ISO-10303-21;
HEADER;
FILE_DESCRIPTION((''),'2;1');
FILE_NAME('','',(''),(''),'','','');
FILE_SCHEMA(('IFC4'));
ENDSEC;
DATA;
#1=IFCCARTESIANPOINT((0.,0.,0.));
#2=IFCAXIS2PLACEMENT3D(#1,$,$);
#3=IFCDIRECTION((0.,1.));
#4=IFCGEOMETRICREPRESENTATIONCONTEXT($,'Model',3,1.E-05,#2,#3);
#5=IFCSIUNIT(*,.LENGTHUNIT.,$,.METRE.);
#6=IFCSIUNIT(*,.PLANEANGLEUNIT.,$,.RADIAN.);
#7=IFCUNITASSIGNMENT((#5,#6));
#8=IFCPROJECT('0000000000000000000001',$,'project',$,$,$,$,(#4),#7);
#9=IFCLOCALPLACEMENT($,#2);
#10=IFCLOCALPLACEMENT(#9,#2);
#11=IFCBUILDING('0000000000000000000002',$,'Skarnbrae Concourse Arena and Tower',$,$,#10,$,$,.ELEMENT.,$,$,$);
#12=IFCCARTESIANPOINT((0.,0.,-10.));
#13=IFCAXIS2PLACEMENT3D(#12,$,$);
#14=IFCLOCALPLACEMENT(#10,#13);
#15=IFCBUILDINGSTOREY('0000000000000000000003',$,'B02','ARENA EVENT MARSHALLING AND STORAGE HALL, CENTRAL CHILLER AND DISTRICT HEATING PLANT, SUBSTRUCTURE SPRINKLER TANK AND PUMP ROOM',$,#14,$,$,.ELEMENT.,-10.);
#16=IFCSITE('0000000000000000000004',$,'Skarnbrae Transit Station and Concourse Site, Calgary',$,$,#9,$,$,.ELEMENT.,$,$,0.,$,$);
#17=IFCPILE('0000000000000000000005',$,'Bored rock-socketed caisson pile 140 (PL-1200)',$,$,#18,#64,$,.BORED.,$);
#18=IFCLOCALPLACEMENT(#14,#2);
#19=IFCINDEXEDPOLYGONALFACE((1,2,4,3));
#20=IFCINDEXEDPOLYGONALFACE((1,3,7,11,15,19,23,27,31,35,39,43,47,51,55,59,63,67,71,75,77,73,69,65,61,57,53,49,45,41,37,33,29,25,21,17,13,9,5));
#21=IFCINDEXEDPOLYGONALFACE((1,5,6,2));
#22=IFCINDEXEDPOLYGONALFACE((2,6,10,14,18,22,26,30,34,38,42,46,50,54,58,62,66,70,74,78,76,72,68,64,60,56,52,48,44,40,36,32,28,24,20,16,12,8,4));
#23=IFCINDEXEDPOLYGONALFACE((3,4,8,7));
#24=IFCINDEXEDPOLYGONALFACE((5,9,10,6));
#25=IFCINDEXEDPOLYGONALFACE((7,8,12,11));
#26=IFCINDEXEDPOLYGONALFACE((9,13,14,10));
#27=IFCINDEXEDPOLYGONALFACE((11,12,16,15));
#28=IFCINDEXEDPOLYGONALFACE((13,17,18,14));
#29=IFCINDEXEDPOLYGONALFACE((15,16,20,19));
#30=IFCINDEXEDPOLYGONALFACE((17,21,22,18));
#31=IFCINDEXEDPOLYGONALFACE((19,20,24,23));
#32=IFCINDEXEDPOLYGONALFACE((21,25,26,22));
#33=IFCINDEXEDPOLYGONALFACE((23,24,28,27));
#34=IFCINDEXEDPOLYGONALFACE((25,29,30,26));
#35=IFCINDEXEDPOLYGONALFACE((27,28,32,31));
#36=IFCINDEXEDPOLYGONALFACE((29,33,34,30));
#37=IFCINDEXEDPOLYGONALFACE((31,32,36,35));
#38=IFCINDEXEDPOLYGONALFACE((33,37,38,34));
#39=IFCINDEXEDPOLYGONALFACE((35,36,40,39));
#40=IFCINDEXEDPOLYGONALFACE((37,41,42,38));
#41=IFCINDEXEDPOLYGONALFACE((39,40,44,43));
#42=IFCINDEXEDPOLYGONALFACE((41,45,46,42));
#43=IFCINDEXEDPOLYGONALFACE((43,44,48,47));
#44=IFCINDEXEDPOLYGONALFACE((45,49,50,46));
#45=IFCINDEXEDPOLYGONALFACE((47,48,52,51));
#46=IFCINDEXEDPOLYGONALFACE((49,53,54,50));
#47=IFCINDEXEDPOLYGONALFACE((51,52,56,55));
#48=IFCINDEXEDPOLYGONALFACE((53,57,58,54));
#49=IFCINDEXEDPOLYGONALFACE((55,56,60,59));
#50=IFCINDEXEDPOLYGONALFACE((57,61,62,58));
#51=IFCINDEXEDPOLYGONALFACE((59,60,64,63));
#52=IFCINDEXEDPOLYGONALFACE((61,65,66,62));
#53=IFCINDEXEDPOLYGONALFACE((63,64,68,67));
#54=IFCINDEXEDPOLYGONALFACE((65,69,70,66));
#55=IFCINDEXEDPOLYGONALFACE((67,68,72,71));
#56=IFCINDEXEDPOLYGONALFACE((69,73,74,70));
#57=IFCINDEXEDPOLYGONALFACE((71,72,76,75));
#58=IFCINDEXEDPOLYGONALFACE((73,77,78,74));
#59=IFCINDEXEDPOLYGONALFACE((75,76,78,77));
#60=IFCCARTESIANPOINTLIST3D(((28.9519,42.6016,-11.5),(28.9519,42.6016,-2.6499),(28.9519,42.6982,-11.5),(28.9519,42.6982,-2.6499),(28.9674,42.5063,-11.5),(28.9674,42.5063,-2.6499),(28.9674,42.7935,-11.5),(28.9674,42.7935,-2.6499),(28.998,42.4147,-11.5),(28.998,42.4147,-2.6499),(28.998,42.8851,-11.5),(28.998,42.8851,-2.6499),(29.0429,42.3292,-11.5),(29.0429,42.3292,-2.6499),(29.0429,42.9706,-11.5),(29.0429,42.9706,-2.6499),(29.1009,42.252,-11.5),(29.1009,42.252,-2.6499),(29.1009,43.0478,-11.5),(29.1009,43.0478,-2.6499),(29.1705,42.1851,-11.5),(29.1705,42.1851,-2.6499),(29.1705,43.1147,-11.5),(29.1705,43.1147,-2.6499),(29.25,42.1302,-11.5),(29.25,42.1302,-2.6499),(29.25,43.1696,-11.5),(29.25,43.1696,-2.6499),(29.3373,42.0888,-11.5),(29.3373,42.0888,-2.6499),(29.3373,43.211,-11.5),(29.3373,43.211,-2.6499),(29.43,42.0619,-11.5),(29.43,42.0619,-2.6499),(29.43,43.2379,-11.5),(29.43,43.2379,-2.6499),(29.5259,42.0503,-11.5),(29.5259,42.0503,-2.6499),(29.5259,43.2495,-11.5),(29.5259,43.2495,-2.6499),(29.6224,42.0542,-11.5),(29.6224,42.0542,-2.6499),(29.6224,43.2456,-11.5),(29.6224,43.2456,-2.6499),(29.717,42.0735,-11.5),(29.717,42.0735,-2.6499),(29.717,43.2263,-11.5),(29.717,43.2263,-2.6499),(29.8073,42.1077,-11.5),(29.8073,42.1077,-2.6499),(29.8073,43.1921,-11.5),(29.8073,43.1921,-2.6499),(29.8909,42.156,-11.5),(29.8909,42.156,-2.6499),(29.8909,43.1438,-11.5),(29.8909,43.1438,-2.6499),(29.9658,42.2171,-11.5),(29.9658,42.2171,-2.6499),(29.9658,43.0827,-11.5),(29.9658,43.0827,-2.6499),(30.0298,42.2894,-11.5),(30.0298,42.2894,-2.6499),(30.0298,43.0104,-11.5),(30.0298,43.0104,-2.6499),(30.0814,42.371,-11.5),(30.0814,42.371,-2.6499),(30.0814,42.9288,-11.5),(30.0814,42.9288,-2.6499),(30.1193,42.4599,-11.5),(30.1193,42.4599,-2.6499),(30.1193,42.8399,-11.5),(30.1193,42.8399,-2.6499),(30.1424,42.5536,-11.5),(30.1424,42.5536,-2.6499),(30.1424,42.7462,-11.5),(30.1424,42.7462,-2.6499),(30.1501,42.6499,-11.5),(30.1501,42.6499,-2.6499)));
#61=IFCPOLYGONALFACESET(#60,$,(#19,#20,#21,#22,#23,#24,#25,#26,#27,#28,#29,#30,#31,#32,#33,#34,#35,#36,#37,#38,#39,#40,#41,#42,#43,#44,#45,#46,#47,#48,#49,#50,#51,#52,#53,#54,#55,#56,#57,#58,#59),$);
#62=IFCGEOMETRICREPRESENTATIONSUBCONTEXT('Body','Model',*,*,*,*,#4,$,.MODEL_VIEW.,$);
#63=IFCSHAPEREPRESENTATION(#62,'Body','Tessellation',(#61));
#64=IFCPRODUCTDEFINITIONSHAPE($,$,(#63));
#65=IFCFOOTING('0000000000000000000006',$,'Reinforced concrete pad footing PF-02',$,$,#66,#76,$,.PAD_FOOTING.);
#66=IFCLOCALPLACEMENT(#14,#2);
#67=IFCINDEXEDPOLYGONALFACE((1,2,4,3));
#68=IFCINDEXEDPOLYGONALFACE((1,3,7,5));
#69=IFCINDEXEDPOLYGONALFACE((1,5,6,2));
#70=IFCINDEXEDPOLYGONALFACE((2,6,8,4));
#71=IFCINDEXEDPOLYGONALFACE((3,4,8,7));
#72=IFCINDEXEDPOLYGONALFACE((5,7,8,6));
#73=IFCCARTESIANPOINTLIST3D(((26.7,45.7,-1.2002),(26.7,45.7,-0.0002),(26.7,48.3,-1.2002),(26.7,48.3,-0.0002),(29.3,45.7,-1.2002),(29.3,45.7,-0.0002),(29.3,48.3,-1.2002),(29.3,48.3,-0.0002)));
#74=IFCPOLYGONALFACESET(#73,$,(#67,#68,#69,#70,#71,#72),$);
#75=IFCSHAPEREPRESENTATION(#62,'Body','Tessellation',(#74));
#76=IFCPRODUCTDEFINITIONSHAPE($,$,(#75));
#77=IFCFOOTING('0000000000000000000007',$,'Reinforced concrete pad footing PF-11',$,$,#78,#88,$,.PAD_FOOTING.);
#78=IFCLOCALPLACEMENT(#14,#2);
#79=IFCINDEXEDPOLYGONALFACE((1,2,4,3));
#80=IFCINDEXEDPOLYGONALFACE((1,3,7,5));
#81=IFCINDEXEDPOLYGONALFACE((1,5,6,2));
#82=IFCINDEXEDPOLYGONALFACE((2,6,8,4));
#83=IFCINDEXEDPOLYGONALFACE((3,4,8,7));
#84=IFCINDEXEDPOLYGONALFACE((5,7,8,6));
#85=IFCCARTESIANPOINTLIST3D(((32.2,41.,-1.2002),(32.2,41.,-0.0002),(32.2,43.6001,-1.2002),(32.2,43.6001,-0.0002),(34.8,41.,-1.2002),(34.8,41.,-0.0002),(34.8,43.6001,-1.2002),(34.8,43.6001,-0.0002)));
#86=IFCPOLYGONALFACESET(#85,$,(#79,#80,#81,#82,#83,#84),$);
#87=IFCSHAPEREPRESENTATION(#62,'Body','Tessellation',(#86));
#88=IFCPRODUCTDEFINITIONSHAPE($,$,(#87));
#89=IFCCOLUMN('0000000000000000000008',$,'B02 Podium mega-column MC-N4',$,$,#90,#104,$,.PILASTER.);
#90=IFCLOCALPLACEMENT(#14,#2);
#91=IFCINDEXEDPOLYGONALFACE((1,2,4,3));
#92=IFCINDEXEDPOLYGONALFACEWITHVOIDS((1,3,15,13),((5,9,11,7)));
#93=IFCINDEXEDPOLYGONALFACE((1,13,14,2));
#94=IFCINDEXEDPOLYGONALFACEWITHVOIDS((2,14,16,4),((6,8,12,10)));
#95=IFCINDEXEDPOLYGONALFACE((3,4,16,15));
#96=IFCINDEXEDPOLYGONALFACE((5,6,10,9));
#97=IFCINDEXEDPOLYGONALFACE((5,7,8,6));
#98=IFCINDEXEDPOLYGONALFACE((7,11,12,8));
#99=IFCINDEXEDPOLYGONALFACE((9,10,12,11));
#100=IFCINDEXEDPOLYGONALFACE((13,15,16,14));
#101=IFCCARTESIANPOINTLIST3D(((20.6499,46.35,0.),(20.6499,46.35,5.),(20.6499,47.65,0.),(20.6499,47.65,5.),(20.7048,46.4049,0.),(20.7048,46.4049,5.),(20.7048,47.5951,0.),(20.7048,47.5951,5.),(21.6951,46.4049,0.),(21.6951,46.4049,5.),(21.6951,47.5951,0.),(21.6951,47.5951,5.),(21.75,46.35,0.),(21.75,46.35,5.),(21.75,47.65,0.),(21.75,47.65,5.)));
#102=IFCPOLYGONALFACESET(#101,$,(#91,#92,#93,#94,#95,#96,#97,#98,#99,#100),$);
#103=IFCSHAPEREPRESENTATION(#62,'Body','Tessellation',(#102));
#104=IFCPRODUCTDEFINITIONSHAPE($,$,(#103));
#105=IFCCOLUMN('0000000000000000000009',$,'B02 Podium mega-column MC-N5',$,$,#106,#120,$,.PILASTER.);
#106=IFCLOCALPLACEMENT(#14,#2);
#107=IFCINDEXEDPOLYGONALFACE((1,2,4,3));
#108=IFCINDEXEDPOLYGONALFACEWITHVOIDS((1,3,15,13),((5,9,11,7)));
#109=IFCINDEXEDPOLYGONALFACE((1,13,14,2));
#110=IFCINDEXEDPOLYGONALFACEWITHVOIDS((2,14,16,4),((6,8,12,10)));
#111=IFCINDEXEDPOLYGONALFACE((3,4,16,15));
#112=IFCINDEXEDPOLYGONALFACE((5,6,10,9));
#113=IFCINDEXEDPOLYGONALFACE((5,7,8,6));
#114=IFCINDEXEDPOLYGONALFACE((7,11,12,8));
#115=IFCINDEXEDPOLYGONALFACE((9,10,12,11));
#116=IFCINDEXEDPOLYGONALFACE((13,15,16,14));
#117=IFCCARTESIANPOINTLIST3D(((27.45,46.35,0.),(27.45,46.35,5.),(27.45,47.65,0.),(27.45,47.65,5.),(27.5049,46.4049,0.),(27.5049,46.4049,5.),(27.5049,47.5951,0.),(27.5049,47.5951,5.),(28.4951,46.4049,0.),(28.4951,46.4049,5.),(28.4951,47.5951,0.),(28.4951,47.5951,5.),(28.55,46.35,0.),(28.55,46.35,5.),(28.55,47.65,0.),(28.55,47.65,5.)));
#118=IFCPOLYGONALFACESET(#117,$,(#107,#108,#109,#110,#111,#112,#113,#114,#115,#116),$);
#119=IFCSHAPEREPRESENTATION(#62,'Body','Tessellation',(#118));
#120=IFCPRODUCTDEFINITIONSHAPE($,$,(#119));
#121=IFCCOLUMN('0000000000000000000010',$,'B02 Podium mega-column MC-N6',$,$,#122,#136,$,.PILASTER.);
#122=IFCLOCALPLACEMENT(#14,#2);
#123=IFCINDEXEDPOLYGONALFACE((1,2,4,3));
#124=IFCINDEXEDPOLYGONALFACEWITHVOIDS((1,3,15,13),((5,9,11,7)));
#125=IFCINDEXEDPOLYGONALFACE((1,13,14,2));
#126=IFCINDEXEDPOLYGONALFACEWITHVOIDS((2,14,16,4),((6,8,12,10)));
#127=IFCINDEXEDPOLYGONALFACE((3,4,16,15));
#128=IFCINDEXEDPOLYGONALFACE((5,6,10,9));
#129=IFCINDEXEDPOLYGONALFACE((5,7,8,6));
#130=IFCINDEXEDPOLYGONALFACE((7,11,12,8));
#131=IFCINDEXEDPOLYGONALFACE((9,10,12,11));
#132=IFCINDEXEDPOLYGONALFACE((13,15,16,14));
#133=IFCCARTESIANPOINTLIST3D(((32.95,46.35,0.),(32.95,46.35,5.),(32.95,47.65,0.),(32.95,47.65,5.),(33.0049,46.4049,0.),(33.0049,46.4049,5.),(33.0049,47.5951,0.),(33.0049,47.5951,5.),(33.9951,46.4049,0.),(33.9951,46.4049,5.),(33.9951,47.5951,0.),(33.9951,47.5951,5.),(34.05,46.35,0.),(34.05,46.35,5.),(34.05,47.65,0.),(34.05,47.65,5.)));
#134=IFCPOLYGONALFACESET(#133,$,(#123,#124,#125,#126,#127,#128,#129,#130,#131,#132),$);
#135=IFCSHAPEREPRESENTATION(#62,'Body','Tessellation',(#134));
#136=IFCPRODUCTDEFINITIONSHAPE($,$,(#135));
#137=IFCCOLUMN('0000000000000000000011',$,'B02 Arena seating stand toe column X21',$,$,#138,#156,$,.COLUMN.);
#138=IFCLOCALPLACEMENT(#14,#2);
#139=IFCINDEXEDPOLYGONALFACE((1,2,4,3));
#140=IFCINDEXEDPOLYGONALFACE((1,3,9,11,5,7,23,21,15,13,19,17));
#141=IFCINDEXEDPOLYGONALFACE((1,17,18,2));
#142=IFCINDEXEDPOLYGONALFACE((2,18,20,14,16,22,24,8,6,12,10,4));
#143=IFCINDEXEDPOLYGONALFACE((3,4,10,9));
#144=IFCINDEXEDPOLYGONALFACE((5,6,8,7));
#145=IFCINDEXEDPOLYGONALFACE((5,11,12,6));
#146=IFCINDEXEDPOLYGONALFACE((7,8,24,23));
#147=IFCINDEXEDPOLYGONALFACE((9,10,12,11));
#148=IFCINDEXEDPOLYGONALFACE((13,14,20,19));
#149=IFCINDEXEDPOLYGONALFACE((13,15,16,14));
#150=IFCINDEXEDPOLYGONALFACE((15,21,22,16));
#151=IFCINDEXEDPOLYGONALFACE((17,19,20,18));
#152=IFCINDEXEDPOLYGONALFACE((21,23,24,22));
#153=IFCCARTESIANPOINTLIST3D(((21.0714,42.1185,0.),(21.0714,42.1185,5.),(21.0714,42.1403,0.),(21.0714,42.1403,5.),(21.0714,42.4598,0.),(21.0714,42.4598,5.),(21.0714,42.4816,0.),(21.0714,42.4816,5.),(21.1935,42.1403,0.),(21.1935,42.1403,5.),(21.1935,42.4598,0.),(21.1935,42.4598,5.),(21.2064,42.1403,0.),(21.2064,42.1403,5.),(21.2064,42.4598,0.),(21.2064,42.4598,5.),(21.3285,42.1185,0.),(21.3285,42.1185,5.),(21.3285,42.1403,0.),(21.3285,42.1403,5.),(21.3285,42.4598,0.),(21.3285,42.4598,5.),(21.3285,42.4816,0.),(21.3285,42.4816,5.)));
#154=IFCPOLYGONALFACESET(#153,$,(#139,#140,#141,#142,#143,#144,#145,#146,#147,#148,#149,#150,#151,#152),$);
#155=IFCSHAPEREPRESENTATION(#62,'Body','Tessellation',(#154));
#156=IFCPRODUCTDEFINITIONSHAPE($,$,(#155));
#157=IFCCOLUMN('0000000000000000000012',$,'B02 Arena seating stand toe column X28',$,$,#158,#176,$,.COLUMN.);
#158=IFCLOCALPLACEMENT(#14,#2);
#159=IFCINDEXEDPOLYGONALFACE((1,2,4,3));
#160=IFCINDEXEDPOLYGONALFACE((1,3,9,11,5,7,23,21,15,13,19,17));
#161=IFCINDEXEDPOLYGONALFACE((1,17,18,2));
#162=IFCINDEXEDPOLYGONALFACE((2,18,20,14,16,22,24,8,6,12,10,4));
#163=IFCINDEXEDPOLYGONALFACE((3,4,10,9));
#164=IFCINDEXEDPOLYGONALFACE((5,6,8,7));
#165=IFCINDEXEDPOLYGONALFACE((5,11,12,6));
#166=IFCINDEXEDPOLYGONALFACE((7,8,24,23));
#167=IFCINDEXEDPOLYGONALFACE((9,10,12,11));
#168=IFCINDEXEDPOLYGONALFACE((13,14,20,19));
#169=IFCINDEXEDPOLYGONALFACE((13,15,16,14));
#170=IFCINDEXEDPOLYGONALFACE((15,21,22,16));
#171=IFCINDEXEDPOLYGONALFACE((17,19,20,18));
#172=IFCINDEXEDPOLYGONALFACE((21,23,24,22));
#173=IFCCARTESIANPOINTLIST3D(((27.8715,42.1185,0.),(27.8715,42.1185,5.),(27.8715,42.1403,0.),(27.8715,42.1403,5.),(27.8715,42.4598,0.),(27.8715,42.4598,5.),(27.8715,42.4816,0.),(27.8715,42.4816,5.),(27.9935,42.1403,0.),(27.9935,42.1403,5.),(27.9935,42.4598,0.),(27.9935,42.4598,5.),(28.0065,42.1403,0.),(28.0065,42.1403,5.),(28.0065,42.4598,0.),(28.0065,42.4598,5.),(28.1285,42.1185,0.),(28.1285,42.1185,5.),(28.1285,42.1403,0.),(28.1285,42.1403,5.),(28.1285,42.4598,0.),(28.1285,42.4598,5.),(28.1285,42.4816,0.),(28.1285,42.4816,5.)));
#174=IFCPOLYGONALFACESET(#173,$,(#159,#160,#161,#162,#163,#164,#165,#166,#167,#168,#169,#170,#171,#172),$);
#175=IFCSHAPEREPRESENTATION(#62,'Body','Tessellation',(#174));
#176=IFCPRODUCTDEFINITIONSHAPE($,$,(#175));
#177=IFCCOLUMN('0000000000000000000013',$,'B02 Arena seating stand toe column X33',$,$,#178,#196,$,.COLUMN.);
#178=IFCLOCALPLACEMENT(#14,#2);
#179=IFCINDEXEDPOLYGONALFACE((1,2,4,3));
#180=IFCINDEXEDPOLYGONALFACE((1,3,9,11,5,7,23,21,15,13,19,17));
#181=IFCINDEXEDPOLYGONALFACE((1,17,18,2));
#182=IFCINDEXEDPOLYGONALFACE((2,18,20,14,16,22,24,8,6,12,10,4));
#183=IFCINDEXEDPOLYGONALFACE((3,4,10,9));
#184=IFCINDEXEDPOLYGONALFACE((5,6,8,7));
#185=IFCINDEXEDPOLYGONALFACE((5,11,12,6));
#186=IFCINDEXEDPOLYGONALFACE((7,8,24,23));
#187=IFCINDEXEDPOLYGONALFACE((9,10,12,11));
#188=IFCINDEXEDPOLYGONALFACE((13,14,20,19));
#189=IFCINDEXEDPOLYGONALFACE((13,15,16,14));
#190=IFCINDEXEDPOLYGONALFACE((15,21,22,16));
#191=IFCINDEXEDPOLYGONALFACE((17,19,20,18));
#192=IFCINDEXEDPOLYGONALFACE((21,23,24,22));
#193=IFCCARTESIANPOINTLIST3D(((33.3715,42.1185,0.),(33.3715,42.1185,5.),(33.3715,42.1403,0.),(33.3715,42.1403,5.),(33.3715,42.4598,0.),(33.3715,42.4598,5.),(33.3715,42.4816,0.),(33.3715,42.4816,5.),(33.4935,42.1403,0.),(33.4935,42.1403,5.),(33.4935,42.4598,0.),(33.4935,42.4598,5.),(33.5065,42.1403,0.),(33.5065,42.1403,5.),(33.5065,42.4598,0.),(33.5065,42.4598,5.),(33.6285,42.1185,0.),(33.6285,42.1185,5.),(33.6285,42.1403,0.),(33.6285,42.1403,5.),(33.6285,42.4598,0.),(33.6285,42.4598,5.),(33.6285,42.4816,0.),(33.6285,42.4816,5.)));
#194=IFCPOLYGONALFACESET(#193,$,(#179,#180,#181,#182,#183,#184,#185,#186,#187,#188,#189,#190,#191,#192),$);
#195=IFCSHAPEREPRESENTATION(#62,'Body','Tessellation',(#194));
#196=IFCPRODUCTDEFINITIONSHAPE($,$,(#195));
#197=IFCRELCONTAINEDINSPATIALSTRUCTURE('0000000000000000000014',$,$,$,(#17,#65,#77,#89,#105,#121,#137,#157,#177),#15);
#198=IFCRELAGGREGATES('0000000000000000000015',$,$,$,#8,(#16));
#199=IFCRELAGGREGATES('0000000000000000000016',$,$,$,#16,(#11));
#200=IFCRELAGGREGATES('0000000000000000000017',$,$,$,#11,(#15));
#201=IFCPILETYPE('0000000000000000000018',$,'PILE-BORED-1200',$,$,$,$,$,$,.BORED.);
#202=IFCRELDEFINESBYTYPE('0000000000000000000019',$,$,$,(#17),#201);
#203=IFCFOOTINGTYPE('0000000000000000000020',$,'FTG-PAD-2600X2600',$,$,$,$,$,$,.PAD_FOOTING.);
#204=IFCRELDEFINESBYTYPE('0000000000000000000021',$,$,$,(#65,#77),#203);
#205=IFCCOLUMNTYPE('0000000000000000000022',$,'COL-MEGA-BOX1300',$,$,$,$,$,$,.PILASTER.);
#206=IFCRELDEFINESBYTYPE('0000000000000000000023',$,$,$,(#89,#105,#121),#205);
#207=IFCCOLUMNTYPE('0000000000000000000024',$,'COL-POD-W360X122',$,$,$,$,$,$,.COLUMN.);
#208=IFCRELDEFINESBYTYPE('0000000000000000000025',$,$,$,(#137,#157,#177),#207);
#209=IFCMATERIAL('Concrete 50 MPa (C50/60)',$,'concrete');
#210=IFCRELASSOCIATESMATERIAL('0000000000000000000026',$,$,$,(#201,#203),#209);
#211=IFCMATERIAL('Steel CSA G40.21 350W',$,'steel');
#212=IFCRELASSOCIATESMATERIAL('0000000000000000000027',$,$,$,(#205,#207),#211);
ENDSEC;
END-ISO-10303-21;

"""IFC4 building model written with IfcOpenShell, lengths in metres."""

from ifc_helpers import new_model, si_unit, direction, frame, origin, origin_2d, place, context, subcontext, project, spatial, rectangle, hollow_rectangle, circle, i_section, extrude, source, transform, mapped, material, material_profile, profile_set, type_object, element, save


model = new_model("IFC4")

# Units and contexts
model_context = context("Model", 3, precision=1e-05, world=origin(), true_north=direction((0.0, 1.0)))
body_context = subcontext(model_context, "Body", "Model", "MODEL_VIEW")
ifc_project = project(units=[si_unit("LENGTHUNIT", "METRE"), si_unit("PLANEANGLEUNIT", "RADIAN")], contexts=[model_context])

# Site, building, storey
site_placement = place(None, origin())
site = spatial("IfcSite", under=ifc_project, at=site_placement, Name="Skarnbrae Transit Station and Concourse Site, Calgary", CompositionType="ELEMENT", RefElevation=0.0)
building_placement = place(site_placement, origin())
building = spatial("IfcBuilding", under=site, at=building_placement, Name="Skarnbrae Concourse Arena and Tower", CompositionType="ELEMENT")
storey_placement = place(building_placement, frame((0.0, 0.0, -10.0)))
storey = spatial("IfcBuildingStorey", under=building, at=storey_placement, Name="B02", Description="ARENA EVENT MARSHALLING AND STORAGE HALL, CENTRAL CHILLER AND DISTRICT HEATING PLANT, SUBSTRUCTURE SPRINKLER TANK AND PUMP ROOM", CompositionType="ELEMENT", Elevation=-10.0)

# Shared definitions
ifc_material_1 = material(Name="Concrete 50 MPa (C50/60)", Category="concrete")

# Pile
ifc_material_profile_1 = material_profile(ifc_material_1, circle(Radius=0.6001, at=origin_2d()), Name="CAISSON-1200")
ifc_profile_set_1 = profile_set([ifc_material_profile_1], Name="Concrete 50 MPa (C50/60)")
pile_type_1 = type_object("IfcPileType", Name="PILE-BORED-1200", PredefinedType="BORED", material=ifc_profile_set_1)
shared_shape_1 = source(origin(), body_context, "Body", "SweptSolid", [
    extrude(circle(Radius=0.6001, at=origin_2d()), origin(), (0.0, 0.0, 1.0), 8.8501),
])
for number, where, z_axis, x_axis, name in (
    (1, (29.55, 42.6499, -2.6499), (0.0, 0.0, -1.0), (1.0, 0.0, 0.0), "Bored rock-socketed caisson pile 140 (PL-1200)"),
):
    element("IfcPile", number, at=place(storey_placement, frame(where, z_axis=z_axis, x_axis=x_axis)), inside=storey, type_object=pile_type_1, Name=name, PredefinedType="BORED", context=body_context, shape_type="MappedRepresentation", body=[
        mapped(shared_shape_1, transform((0.0, 0.0, 0.0))),
    ])

# Footings
footing_type_1 = type_object("IfcFootingType", Name="FTG-PAD-2600X2600", PredefinedType="PAD_FOOTING", material=ifc_material_1)
shared_shape_2 = source(origin(), body_context, "Body", "SweptSolid", [
    extrude(rectangle(XDim=2.6001, YDim=2.6001, at=origin_2d()), origin(), (0.0, 0.0, 1.0), 1.2),
])
for number, where, z_axis, x_axis, name in (
    (2, (28.0, 47.0, -1.2002), (0.0, 0.0, 1.0), (1.0, 0.0, 0.0), "Reinforced concrete pad footing PF-02"),
    (3, (33.5, 42.3, -1.2002), (0.0, 0.0, 1.0), (1.0, 0.0, 0.0), "Reinforced concrete pad footing PF-11"),
):
    element("IfcFooting", number, at=place(storey_placement, frame(where, z_axis=z_axis, x_axis=x_axis)), inside=storey, type_object=footing_type_1, Name=name, PredefinedType="PAD_FOOTING", context=body_context, shape_type="MappedRepresentation", body=[
        mapped(shared_shape_2, transform((0.0, 0.0, 0.0))),
    ])

# Columns
ifc_material_2 = material(Name="Steel CSA G40.21 350W", Category="steel")
ifc_material_profile_2 = material_profile(ifc_material_2, hollow_rectangle(XDim=1.1001, YDim=1.3, WallThickness=0.0549, at=origin_2d()), Name="BOX1300X1100X55")
ifc_profile_set_2 = profile_set([ifc_material_profile_2], Name="Steel CSA G40.21 350W")
column_type_1 = type_object("IfcColumnType", Name="COL-MEGA-BOX1300", PredefinedType="PILASTER", material=ifc_profile_set_2)
shared_shape_3 = source(origin(), body_context, "Body", "SweptSolid", [
    extrude(hollow_rectangle(XDim=1.1001, YDim=1.3, WallThickness=0.0549, at=origin_2d()), origin(), (0.0, 0.0, 1.0), 5.0),
])
for number, where, z_axis, x_axis, name in (
    (4, (21.2, 47.0, 0.0), (0.0, 0.0, 1.0), (1.0, 0.0, 0.0), "B02 Podium mega-column MC-N4"),
    (5, (28.0, 47.0, 0.0), (0.0, 0.0, 1.0), (1.0, 0.0, 0.0), "B02 Podium mega-column MC-N5"),
    (6, (33.5, 47.0, 0.0), (0.0, 0.0, 1.0), (1.0, 0.0, 0.0), "B02 Podium mega-column MC-N6"),
):
    element("IfcColumn", number, at=place(storey_placement, frame(where, z_axis=z_axis, x_axis=x_axis)), inside=storey, type_object=column_type_1, Name=name, PredefinedType="PILASTER", context=body_context, shape_type="MappedRepresentation", body=[
        mapped(shared_shape_3, transform((0.0, 0.0, 0.0))),
    ])
ifc_material_profile_3 = material_profile(ifc_material_2, i_section(OverallWidth=0.2571, OverallDepth=0.363, WebThickness=0.0129, FlangeThickness=0.0217, at=origin_2d()), Name="W360X122")
ifc_profile_set_3 = profile_set([ifc_material_profile_3], Name="Steel CSA G40.21 350W")
column_type_2 = type_object("IfcColumnType", Name="COL-POD-W360X122", PredefinedType="COLUMN", material=ifc_profile_set_3)
shared_shape_4 = source(origin(), body_context, "Body", "SweptSolid", [
    extrude(i_section(OverallWidth=0.2571, OverallDepth=0.363, WebThickness=0.0129, FlangeThickness=0.0217, at=origin_2d()), origin(), (0.0, 0.0, 1.0), 5.0),
])
for number, where, z_axis, x_axis, name in (
    (7, (21.2, 42.3, 0.0), (0.0, 0.0, 1.0), (1.0, 0.0, 0.0), "B02 Arena seating stand toe column X21"),
    (8, (28.0, 42.3, 0.0), (0.0, 0.0, 1.0), (1.0, 0.0, 0.0), "B02 Arena seating stand toe column X28"),
    (9, (33.5, 42.3, 0.0), (0.0, 0.0, 1.0), (1.0, 0.0, 0.0), "B02 Arena seating stand toe column X33"),
):
    element("IfcColumn", number, at=place(storey_placement, frame(where, z_axis=z_axis, x_axis=x_axis)), inside=storey, type_object=column_type_2, Name=name, PredefinedType="COLUMN", context=body_context, shape_type="MappedRepresentation", body=[
        mapped(shared_shape_4, transform((0.0, 0.0, 0.0))),
    ])

save(model, "model.ifc")
